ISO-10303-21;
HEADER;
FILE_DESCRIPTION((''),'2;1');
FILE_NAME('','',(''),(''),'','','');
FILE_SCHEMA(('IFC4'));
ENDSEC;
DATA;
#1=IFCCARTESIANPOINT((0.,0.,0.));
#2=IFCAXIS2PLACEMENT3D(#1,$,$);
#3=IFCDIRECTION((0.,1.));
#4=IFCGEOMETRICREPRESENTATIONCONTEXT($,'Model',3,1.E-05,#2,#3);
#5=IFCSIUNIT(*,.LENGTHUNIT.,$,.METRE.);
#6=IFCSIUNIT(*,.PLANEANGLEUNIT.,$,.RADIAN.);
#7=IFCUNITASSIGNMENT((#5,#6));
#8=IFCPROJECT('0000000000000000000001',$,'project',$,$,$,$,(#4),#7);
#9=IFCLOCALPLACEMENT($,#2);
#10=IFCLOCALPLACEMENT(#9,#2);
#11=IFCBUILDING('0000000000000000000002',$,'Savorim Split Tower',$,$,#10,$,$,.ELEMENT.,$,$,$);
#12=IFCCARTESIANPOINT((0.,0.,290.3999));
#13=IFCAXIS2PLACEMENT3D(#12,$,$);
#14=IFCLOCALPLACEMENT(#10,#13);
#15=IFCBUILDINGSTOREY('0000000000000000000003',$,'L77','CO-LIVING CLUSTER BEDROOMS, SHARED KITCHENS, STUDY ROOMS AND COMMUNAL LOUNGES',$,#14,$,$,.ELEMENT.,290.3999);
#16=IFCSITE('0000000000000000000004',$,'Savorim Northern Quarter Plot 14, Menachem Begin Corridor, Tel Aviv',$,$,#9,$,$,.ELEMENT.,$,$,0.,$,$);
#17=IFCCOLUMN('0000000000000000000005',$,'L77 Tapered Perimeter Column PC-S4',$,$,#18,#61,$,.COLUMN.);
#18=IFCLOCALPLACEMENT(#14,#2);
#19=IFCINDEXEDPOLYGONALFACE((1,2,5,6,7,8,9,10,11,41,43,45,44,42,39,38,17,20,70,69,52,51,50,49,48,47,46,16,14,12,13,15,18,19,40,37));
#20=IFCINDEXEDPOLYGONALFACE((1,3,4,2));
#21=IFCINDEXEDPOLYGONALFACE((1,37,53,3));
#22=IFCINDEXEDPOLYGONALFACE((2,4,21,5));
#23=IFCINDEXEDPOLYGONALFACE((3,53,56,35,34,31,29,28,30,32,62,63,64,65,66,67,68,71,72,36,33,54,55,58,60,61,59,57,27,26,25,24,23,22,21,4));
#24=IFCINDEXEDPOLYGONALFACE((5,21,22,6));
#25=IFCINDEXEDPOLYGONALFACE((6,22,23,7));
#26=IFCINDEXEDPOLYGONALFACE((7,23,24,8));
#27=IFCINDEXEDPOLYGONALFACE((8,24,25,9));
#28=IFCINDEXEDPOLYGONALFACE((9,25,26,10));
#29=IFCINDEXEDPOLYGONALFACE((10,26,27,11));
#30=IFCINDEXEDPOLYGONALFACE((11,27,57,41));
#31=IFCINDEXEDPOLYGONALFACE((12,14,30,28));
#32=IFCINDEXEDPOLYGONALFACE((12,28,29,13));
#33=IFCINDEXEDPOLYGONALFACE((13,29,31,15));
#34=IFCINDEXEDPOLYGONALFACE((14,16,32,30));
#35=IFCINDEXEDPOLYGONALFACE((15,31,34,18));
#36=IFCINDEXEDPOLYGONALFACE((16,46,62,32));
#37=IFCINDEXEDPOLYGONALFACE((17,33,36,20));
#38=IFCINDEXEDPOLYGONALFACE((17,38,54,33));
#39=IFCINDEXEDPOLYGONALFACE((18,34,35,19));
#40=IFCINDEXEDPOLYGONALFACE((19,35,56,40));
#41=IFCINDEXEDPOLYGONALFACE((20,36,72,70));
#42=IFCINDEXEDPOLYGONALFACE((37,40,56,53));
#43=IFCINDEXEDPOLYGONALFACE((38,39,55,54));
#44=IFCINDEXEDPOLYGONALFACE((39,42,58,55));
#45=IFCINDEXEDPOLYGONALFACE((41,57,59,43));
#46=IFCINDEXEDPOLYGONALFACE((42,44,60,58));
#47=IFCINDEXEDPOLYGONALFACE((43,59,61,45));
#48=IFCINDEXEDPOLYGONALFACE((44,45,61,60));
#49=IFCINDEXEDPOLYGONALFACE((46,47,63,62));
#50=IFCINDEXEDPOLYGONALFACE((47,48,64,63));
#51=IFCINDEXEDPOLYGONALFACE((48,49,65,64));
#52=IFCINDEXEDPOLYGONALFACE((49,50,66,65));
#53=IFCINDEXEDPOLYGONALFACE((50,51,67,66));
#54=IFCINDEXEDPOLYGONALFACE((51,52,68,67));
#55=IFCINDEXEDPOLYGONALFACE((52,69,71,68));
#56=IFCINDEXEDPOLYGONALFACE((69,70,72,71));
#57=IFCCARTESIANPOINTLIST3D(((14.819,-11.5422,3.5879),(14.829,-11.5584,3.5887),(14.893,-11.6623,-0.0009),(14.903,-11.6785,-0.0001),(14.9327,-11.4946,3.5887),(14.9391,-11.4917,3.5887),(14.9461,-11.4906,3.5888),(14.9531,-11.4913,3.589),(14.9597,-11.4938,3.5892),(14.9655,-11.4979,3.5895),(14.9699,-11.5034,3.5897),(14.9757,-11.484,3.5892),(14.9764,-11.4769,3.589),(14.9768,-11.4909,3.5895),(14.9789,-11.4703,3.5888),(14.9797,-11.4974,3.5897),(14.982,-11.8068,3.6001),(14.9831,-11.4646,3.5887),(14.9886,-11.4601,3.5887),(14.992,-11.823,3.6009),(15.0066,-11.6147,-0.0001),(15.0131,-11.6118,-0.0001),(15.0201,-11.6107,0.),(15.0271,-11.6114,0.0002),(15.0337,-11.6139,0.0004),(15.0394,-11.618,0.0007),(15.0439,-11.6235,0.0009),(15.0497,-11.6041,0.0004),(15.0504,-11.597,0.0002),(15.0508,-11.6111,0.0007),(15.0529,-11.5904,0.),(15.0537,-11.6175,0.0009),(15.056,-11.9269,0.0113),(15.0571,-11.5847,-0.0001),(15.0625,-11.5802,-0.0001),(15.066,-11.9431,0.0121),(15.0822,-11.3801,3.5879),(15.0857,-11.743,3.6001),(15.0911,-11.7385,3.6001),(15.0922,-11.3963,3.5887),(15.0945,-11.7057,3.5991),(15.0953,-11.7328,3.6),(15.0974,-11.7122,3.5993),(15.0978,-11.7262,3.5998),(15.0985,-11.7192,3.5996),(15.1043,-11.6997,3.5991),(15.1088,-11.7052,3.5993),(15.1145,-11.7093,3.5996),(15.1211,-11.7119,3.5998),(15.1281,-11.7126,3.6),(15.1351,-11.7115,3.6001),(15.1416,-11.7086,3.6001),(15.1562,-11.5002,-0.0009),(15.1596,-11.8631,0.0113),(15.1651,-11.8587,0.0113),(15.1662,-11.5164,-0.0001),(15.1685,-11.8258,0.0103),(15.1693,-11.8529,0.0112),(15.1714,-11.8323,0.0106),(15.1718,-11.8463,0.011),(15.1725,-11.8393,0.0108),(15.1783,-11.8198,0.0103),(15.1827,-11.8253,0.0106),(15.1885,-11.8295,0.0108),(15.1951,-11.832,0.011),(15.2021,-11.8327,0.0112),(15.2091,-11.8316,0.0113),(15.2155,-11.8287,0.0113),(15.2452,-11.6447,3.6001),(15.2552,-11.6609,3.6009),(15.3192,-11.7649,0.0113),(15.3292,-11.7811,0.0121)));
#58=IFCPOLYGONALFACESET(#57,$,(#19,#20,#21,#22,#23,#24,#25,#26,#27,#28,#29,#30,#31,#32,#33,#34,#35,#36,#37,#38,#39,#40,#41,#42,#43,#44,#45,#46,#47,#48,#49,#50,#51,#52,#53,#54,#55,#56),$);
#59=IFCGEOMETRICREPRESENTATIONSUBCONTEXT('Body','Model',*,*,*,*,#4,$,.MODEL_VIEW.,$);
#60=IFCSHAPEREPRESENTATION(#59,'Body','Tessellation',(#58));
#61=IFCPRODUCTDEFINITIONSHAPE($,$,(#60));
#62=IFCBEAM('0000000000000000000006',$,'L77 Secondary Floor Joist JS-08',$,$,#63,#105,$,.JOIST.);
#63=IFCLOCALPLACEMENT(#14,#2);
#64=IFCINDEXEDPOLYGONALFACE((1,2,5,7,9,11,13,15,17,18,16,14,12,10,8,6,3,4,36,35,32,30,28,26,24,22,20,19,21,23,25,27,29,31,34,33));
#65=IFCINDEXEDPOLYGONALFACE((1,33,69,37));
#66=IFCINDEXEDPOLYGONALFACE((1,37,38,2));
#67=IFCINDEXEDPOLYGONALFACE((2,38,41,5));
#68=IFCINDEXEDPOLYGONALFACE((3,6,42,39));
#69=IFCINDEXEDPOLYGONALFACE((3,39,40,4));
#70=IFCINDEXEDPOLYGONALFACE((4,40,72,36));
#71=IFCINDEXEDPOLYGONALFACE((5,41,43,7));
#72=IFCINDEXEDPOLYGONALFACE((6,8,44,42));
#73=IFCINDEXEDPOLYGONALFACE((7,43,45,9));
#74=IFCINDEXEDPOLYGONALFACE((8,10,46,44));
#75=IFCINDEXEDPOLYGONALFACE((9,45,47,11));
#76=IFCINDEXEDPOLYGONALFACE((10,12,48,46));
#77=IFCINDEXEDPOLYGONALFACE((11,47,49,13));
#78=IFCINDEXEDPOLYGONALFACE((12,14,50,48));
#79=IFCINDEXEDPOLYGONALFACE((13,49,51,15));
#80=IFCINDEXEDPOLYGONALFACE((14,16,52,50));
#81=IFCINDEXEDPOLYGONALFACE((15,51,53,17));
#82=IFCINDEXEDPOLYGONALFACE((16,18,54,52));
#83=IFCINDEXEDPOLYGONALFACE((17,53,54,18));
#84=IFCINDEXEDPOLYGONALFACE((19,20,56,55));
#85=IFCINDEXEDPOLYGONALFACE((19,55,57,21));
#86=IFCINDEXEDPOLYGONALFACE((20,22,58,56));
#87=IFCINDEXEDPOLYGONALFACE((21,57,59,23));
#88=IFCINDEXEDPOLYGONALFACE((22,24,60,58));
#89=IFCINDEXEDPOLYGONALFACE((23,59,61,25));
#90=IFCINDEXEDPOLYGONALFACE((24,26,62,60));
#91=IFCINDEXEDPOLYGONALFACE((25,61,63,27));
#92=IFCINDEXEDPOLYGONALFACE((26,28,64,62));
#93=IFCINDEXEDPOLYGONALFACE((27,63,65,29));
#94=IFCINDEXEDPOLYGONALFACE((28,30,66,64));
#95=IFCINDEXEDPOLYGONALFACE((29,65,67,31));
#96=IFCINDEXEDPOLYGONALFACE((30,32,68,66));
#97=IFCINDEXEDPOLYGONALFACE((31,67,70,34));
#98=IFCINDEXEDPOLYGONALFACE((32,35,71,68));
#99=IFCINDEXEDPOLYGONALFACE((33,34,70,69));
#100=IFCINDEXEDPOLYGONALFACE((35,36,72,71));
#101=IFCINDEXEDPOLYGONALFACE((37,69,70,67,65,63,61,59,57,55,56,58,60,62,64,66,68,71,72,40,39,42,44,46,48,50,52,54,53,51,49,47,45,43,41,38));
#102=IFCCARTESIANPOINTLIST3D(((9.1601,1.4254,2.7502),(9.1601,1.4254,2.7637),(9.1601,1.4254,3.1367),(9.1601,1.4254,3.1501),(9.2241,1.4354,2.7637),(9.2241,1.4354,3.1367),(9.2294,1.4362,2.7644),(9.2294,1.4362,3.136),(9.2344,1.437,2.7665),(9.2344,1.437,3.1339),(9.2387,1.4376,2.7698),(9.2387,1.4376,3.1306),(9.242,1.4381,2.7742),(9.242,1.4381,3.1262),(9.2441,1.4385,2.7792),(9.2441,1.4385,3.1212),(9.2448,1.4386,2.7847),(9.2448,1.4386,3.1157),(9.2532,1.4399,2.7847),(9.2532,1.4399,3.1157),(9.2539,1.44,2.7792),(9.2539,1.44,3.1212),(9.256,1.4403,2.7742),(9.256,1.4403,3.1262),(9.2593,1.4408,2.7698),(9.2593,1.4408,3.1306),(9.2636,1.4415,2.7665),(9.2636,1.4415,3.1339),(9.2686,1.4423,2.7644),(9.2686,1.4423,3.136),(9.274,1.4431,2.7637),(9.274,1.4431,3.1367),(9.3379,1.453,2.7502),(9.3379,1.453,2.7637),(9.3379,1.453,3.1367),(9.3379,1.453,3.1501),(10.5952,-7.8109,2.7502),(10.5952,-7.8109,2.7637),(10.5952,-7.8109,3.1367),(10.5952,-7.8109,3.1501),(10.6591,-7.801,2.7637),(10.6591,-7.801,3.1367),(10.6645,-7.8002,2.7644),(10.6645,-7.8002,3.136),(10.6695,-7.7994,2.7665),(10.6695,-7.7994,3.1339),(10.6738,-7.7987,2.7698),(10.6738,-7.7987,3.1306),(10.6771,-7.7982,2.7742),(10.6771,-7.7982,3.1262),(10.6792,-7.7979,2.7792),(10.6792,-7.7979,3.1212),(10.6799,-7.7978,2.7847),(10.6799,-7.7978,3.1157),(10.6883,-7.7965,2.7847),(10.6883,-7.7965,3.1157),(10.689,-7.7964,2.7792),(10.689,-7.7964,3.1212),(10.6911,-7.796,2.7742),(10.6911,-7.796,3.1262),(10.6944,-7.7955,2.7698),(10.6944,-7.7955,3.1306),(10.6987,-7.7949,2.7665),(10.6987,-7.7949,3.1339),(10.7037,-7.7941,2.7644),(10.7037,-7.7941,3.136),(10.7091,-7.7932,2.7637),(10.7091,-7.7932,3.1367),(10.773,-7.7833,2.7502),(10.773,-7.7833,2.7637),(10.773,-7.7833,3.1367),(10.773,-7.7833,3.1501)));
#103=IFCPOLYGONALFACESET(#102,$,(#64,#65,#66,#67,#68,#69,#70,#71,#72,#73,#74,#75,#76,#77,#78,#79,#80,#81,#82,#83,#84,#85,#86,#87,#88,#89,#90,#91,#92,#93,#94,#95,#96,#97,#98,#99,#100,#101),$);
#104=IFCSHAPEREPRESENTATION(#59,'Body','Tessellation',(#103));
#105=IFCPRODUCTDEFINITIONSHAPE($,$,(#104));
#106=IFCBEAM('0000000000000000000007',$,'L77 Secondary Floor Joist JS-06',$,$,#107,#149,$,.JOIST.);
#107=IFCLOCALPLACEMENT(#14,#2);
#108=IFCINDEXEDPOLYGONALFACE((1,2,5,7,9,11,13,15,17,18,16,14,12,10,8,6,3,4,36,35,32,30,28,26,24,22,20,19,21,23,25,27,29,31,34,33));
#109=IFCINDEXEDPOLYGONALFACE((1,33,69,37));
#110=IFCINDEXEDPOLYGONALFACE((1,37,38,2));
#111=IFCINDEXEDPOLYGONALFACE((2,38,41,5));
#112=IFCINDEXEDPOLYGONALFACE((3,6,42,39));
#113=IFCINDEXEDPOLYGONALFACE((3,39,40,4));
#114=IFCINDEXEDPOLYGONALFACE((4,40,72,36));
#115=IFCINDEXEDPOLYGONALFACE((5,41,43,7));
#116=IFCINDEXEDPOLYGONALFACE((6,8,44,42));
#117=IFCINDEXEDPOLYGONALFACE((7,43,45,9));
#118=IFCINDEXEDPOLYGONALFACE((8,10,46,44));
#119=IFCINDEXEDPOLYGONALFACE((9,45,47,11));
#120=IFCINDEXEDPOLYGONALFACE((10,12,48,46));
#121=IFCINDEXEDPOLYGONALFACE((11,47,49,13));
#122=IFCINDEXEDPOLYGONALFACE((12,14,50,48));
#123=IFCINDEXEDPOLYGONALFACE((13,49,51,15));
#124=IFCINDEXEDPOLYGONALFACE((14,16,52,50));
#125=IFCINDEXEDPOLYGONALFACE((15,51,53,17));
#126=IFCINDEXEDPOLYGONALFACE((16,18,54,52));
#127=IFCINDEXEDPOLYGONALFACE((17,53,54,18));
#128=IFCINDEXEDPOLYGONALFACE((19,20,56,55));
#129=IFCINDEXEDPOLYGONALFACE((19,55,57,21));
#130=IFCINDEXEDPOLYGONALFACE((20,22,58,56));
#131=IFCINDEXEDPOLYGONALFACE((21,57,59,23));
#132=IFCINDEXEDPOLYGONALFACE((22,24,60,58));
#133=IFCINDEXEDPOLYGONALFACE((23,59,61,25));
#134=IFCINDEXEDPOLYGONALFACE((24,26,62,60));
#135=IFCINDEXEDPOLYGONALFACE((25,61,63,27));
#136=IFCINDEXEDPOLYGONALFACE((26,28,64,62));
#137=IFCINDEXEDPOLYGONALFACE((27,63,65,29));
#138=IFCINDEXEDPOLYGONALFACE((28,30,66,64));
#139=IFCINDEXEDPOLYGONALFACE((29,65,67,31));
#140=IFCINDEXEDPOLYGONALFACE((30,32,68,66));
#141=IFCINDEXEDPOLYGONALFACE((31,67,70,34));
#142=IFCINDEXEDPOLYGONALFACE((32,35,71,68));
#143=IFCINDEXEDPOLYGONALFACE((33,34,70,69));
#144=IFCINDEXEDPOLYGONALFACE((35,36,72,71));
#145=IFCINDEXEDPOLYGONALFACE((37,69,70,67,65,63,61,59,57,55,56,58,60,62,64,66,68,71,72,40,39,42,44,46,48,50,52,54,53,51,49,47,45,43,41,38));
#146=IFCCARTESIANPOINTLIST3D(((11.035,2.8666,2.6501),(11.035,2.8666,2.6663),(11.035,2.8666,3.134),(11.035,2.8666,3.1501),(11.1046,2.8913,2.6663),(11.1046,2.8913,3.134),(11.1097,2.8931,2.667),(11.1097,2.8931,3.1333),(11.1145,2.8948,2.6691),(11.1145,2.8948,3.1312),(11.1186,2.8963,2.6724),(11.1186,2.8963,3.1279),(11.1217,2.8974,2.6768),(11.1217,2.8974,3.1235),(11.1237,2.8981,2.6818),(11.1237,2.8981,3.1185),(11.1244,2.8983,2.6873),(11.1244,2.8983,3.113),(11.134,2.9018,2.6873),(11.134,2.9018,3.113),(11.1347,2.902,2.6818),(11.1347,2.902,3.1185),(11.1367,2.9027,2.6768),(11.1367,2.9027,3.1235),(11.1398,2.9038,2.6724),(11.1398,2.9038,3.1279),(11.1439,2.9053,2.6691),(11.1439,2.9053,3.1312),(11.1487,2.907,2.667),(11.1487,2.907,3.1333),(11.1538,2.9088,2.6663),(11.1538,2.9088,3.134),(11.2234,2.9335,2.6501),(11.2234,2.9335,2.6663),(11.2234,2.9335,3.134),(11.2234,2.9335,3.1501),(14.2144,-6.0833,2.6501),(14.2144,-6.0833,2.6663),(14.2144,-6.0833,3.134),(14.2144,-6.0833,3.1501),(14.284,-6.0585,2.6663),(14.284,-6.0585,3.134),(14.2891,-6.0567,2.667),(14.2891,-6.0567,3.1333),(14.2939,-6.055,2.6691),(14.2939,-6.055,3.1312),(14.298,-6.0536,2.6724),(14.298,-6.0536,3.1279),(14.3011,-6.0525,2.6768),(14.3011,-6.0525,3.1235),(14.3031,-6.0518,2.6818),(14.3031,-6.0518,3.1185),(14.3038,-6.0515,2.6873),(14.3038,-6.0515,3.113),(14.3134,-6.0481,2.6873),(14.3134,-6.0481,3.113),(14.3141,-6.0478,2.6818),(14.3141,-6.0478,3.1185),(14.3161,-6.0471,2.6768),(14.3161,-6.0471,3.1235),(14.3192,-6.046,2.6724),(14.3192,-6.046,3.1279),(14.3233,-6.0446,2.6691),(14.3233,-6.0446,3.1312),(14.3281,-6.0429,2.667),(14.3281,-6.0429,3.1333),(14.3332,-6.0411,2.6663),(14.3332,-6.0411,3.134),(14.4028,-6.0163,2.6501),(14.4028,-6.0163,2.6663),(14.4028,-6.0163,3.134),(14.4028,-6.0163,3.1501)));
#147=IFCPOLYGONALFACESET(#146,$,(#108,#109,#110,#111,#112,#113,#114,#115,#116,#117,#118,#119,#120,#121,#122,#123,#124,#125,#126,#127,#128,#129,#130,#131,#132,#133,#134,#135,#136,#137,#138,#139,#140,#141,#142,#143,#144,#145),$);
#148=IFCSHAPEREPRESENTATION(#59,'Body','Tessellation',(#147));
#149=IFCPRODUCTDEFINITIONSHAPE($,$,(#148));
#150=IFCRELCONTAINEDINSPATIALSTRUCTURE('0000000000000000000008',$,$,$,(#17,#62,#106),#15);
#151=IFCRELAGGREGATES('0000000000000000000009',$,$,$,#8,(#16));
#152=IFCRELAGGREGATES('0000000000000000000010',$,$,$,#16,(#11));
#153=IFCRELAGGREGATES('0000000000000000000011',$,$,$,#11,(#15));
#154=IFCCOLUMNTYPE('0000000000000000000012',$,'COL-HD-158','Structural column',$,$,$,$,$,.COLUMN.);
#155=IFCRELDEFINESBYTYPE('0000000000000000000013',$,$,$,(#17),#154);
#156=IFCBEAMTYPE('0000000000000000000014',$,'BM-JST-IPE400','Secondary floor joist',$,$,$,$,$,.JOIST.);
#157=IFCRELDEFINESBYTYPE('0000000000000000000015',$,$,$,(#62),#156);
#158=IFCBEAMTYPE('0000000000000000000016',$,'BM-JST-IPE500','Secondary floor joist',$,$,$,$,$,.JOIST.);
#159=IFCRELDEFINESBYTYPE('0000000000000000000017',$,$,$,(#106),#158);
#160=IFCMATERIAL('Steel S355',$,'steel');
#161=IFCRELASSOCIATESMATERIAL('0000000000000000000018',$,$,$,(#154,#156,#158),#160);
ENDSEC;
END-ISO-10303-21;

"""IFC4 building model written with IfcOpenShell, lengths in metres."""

from ifc_helpers import new_model, si_unit, direction, frame, origin, origin_2d, place, context, subcontext, project, spatial, i_section, extrude, material, material_profile, profile_set, type_object, element, save


model = new_model("IFC4")

# Units and contexts
model_context = context("Model", 3, precision=1e-05, world=origin(), true_north=direction((0.0, 1.0)))
body_context = subcontext(model_context, "Body", "Model", "MODEL_VIEW")
ifc_project = project(units=[si_unit("LENGTHUNIT", "METRE"), si_unit("PLANEANGLEUNIT", "RADIAN")], contexts=[model_context])

# Site, building, storey
site_placement = place(None, origin())
site = spatial("IfcSite", under=ifc_project, at=site_placement, Name="Savorim Northern Quarter Plot 14, Menachem Begin Corridor, Tel Aviv", CompositionType="ELEMENT", RefElevation=0.0)
building_placement = place(site_placement, origin())
building = spatial("IfcBuilding", under=site, at=building_placement, Name="Savorim Split Tower", CompositionType="ELEMENT")
storey_placement = place(building_placement, frame((0.0, 0.0, 290.3999)))
storey = spatial("IfcBuildingStorey", under=building, at=storey_placement, Name="L77", Description="CO-LIVING CLUSTER BEDROOMS, SHARED KITCHENS, STUDY ROOMS AND COMMUNAL LOUNGES", CompositionType="ELEMENT", Elevation=290.3999)

# Column
ifc_material_1 = material(Name="Steel S355", Category="steel")
ifc_material_profile_1 = material_profile(ifc_material_1, i_section(OverallWidth=0.3091, OverallDepth=0.3301, WebThickness=0.0115, FlangeThickness=0.019, FilletRadius=0.0271, at=origin_2d()), Name="HD 320x158")
ifc_profile_set_1 = profile_set([ifc_material_profile_1], Name="Steel S355")
column_type = type_object("IfcColumnType", Name="COL-HD-158", Description="Structural column", PredefinedType="COLUMN", material=ifc_profile_set_1)
column_placement = place(storey_placement, frame((15.1111, -11.7217, 0.0056), z_axis=(-0.020596, 0.033444, 0.999228), x_axis=(-0.85148, -0.524387, 0.0)))
element("IfcColumn", 1, at=column_placement, inside=storey, type_object=column_type, Name="L77 Tapered Perimeter Column PC-S4", PredefinedType="COLUMN", context=body_context, shape_type="SweptSolid", body=[
    extrude(i_section(OverallWidth=0.3091, OverallDepth=0.3301, WebThickness=0.0115, FlangeThickness=0.019, FilletRadius=0.0271, at=origin_2d()), origin(), (0.0, 0.0, 1.0), 3.5916),
])

# Beams
ifc_material_profile_2 = material_profile(ifc_material_1, i_section(OverallWidth=0.1799, OverallDepth=0.3999, WebThickness=0.0085, FlangeThickness=0.0134, FilletRadius=0.021, at=origin_2d()), Name="IPE 400")
ifc_profile_set_2 = profile_set([ifc_material_profile_2], Name="Steel S355")
beam_type_1 = type_object("IfcBeamType", Name="BM-JST-IPE400", Description="Secondary floor joist", PredefinedType="JOIST", material=ifc_profile_set_2)
beam_1_placement = place(storey_placement, frame((10.6841, -7.7971, 2.9502), z_axis=(-0.153529, 0.988144, 0.0), x_axis=(-0.988144, -0.153529, 0.0)))
element("IfcBeam", 2, at=beam_1_placement, inside=storey, type_object=beam_type_1, Name="L77 Secondary Floor Joist JS-08", PredefinedType="JOIST", context=body_context, shape_type="SweptSolid", body=[
    extrude(i_section(OverallWidth=0.1799, OverallDepth=0.3999, WebThickness=0.0085, FlangeThickness=0.0134, FilletRadius=0.021, at=origin_2d()), origin(), (0.0, 0.0, 1.0), 9.3472),
])
ifc_material_profile_3 = material_profile(ifc_material_1, i_section(OverallWidth=0.2, OverallDepth=0.5, WebThickness=0.0103, FlangeThickness=0.0161, FilletRadius=0.021, at=origin_2d()), Name="IPE 500")
ifc_profile_set_3 = profile_set([ifc_material_profile_3], Name="Steel S355")
beam_type_2 = type_object("IfcBeamType", Name="BM-JST-IPE500", Description="Secondary floor joist", PredefinedType="JOIST", material=ifc_profile_set_3)
beam_2_placement = place(storey_placement, frame((14.3086, -6.0498, 2.9001), z_axis=(-0.334752, 0.942306, 0.0), x_axis=(-0.942306, -0.334752, 0.0)))
element("IfcBeam", 3, at=beam_2_placement, inside=storey, type_object=beam_type_2, Name="L77 Secondary Floor Joist JS-06", PredefinedType="JOIST", context=body_context, shape_type="SweptSolid", body=[
    extrude(i_section(OverallWidth=0.2, OverallDepth=0.5, WebThickness=0.0103, FlangeThickness=0.0161, FilletRadius=0.021, at=origin_2d()), origin(), (0.0, 0.0, 1.0), 9.4978),
])

save(model, "model.ifc")
